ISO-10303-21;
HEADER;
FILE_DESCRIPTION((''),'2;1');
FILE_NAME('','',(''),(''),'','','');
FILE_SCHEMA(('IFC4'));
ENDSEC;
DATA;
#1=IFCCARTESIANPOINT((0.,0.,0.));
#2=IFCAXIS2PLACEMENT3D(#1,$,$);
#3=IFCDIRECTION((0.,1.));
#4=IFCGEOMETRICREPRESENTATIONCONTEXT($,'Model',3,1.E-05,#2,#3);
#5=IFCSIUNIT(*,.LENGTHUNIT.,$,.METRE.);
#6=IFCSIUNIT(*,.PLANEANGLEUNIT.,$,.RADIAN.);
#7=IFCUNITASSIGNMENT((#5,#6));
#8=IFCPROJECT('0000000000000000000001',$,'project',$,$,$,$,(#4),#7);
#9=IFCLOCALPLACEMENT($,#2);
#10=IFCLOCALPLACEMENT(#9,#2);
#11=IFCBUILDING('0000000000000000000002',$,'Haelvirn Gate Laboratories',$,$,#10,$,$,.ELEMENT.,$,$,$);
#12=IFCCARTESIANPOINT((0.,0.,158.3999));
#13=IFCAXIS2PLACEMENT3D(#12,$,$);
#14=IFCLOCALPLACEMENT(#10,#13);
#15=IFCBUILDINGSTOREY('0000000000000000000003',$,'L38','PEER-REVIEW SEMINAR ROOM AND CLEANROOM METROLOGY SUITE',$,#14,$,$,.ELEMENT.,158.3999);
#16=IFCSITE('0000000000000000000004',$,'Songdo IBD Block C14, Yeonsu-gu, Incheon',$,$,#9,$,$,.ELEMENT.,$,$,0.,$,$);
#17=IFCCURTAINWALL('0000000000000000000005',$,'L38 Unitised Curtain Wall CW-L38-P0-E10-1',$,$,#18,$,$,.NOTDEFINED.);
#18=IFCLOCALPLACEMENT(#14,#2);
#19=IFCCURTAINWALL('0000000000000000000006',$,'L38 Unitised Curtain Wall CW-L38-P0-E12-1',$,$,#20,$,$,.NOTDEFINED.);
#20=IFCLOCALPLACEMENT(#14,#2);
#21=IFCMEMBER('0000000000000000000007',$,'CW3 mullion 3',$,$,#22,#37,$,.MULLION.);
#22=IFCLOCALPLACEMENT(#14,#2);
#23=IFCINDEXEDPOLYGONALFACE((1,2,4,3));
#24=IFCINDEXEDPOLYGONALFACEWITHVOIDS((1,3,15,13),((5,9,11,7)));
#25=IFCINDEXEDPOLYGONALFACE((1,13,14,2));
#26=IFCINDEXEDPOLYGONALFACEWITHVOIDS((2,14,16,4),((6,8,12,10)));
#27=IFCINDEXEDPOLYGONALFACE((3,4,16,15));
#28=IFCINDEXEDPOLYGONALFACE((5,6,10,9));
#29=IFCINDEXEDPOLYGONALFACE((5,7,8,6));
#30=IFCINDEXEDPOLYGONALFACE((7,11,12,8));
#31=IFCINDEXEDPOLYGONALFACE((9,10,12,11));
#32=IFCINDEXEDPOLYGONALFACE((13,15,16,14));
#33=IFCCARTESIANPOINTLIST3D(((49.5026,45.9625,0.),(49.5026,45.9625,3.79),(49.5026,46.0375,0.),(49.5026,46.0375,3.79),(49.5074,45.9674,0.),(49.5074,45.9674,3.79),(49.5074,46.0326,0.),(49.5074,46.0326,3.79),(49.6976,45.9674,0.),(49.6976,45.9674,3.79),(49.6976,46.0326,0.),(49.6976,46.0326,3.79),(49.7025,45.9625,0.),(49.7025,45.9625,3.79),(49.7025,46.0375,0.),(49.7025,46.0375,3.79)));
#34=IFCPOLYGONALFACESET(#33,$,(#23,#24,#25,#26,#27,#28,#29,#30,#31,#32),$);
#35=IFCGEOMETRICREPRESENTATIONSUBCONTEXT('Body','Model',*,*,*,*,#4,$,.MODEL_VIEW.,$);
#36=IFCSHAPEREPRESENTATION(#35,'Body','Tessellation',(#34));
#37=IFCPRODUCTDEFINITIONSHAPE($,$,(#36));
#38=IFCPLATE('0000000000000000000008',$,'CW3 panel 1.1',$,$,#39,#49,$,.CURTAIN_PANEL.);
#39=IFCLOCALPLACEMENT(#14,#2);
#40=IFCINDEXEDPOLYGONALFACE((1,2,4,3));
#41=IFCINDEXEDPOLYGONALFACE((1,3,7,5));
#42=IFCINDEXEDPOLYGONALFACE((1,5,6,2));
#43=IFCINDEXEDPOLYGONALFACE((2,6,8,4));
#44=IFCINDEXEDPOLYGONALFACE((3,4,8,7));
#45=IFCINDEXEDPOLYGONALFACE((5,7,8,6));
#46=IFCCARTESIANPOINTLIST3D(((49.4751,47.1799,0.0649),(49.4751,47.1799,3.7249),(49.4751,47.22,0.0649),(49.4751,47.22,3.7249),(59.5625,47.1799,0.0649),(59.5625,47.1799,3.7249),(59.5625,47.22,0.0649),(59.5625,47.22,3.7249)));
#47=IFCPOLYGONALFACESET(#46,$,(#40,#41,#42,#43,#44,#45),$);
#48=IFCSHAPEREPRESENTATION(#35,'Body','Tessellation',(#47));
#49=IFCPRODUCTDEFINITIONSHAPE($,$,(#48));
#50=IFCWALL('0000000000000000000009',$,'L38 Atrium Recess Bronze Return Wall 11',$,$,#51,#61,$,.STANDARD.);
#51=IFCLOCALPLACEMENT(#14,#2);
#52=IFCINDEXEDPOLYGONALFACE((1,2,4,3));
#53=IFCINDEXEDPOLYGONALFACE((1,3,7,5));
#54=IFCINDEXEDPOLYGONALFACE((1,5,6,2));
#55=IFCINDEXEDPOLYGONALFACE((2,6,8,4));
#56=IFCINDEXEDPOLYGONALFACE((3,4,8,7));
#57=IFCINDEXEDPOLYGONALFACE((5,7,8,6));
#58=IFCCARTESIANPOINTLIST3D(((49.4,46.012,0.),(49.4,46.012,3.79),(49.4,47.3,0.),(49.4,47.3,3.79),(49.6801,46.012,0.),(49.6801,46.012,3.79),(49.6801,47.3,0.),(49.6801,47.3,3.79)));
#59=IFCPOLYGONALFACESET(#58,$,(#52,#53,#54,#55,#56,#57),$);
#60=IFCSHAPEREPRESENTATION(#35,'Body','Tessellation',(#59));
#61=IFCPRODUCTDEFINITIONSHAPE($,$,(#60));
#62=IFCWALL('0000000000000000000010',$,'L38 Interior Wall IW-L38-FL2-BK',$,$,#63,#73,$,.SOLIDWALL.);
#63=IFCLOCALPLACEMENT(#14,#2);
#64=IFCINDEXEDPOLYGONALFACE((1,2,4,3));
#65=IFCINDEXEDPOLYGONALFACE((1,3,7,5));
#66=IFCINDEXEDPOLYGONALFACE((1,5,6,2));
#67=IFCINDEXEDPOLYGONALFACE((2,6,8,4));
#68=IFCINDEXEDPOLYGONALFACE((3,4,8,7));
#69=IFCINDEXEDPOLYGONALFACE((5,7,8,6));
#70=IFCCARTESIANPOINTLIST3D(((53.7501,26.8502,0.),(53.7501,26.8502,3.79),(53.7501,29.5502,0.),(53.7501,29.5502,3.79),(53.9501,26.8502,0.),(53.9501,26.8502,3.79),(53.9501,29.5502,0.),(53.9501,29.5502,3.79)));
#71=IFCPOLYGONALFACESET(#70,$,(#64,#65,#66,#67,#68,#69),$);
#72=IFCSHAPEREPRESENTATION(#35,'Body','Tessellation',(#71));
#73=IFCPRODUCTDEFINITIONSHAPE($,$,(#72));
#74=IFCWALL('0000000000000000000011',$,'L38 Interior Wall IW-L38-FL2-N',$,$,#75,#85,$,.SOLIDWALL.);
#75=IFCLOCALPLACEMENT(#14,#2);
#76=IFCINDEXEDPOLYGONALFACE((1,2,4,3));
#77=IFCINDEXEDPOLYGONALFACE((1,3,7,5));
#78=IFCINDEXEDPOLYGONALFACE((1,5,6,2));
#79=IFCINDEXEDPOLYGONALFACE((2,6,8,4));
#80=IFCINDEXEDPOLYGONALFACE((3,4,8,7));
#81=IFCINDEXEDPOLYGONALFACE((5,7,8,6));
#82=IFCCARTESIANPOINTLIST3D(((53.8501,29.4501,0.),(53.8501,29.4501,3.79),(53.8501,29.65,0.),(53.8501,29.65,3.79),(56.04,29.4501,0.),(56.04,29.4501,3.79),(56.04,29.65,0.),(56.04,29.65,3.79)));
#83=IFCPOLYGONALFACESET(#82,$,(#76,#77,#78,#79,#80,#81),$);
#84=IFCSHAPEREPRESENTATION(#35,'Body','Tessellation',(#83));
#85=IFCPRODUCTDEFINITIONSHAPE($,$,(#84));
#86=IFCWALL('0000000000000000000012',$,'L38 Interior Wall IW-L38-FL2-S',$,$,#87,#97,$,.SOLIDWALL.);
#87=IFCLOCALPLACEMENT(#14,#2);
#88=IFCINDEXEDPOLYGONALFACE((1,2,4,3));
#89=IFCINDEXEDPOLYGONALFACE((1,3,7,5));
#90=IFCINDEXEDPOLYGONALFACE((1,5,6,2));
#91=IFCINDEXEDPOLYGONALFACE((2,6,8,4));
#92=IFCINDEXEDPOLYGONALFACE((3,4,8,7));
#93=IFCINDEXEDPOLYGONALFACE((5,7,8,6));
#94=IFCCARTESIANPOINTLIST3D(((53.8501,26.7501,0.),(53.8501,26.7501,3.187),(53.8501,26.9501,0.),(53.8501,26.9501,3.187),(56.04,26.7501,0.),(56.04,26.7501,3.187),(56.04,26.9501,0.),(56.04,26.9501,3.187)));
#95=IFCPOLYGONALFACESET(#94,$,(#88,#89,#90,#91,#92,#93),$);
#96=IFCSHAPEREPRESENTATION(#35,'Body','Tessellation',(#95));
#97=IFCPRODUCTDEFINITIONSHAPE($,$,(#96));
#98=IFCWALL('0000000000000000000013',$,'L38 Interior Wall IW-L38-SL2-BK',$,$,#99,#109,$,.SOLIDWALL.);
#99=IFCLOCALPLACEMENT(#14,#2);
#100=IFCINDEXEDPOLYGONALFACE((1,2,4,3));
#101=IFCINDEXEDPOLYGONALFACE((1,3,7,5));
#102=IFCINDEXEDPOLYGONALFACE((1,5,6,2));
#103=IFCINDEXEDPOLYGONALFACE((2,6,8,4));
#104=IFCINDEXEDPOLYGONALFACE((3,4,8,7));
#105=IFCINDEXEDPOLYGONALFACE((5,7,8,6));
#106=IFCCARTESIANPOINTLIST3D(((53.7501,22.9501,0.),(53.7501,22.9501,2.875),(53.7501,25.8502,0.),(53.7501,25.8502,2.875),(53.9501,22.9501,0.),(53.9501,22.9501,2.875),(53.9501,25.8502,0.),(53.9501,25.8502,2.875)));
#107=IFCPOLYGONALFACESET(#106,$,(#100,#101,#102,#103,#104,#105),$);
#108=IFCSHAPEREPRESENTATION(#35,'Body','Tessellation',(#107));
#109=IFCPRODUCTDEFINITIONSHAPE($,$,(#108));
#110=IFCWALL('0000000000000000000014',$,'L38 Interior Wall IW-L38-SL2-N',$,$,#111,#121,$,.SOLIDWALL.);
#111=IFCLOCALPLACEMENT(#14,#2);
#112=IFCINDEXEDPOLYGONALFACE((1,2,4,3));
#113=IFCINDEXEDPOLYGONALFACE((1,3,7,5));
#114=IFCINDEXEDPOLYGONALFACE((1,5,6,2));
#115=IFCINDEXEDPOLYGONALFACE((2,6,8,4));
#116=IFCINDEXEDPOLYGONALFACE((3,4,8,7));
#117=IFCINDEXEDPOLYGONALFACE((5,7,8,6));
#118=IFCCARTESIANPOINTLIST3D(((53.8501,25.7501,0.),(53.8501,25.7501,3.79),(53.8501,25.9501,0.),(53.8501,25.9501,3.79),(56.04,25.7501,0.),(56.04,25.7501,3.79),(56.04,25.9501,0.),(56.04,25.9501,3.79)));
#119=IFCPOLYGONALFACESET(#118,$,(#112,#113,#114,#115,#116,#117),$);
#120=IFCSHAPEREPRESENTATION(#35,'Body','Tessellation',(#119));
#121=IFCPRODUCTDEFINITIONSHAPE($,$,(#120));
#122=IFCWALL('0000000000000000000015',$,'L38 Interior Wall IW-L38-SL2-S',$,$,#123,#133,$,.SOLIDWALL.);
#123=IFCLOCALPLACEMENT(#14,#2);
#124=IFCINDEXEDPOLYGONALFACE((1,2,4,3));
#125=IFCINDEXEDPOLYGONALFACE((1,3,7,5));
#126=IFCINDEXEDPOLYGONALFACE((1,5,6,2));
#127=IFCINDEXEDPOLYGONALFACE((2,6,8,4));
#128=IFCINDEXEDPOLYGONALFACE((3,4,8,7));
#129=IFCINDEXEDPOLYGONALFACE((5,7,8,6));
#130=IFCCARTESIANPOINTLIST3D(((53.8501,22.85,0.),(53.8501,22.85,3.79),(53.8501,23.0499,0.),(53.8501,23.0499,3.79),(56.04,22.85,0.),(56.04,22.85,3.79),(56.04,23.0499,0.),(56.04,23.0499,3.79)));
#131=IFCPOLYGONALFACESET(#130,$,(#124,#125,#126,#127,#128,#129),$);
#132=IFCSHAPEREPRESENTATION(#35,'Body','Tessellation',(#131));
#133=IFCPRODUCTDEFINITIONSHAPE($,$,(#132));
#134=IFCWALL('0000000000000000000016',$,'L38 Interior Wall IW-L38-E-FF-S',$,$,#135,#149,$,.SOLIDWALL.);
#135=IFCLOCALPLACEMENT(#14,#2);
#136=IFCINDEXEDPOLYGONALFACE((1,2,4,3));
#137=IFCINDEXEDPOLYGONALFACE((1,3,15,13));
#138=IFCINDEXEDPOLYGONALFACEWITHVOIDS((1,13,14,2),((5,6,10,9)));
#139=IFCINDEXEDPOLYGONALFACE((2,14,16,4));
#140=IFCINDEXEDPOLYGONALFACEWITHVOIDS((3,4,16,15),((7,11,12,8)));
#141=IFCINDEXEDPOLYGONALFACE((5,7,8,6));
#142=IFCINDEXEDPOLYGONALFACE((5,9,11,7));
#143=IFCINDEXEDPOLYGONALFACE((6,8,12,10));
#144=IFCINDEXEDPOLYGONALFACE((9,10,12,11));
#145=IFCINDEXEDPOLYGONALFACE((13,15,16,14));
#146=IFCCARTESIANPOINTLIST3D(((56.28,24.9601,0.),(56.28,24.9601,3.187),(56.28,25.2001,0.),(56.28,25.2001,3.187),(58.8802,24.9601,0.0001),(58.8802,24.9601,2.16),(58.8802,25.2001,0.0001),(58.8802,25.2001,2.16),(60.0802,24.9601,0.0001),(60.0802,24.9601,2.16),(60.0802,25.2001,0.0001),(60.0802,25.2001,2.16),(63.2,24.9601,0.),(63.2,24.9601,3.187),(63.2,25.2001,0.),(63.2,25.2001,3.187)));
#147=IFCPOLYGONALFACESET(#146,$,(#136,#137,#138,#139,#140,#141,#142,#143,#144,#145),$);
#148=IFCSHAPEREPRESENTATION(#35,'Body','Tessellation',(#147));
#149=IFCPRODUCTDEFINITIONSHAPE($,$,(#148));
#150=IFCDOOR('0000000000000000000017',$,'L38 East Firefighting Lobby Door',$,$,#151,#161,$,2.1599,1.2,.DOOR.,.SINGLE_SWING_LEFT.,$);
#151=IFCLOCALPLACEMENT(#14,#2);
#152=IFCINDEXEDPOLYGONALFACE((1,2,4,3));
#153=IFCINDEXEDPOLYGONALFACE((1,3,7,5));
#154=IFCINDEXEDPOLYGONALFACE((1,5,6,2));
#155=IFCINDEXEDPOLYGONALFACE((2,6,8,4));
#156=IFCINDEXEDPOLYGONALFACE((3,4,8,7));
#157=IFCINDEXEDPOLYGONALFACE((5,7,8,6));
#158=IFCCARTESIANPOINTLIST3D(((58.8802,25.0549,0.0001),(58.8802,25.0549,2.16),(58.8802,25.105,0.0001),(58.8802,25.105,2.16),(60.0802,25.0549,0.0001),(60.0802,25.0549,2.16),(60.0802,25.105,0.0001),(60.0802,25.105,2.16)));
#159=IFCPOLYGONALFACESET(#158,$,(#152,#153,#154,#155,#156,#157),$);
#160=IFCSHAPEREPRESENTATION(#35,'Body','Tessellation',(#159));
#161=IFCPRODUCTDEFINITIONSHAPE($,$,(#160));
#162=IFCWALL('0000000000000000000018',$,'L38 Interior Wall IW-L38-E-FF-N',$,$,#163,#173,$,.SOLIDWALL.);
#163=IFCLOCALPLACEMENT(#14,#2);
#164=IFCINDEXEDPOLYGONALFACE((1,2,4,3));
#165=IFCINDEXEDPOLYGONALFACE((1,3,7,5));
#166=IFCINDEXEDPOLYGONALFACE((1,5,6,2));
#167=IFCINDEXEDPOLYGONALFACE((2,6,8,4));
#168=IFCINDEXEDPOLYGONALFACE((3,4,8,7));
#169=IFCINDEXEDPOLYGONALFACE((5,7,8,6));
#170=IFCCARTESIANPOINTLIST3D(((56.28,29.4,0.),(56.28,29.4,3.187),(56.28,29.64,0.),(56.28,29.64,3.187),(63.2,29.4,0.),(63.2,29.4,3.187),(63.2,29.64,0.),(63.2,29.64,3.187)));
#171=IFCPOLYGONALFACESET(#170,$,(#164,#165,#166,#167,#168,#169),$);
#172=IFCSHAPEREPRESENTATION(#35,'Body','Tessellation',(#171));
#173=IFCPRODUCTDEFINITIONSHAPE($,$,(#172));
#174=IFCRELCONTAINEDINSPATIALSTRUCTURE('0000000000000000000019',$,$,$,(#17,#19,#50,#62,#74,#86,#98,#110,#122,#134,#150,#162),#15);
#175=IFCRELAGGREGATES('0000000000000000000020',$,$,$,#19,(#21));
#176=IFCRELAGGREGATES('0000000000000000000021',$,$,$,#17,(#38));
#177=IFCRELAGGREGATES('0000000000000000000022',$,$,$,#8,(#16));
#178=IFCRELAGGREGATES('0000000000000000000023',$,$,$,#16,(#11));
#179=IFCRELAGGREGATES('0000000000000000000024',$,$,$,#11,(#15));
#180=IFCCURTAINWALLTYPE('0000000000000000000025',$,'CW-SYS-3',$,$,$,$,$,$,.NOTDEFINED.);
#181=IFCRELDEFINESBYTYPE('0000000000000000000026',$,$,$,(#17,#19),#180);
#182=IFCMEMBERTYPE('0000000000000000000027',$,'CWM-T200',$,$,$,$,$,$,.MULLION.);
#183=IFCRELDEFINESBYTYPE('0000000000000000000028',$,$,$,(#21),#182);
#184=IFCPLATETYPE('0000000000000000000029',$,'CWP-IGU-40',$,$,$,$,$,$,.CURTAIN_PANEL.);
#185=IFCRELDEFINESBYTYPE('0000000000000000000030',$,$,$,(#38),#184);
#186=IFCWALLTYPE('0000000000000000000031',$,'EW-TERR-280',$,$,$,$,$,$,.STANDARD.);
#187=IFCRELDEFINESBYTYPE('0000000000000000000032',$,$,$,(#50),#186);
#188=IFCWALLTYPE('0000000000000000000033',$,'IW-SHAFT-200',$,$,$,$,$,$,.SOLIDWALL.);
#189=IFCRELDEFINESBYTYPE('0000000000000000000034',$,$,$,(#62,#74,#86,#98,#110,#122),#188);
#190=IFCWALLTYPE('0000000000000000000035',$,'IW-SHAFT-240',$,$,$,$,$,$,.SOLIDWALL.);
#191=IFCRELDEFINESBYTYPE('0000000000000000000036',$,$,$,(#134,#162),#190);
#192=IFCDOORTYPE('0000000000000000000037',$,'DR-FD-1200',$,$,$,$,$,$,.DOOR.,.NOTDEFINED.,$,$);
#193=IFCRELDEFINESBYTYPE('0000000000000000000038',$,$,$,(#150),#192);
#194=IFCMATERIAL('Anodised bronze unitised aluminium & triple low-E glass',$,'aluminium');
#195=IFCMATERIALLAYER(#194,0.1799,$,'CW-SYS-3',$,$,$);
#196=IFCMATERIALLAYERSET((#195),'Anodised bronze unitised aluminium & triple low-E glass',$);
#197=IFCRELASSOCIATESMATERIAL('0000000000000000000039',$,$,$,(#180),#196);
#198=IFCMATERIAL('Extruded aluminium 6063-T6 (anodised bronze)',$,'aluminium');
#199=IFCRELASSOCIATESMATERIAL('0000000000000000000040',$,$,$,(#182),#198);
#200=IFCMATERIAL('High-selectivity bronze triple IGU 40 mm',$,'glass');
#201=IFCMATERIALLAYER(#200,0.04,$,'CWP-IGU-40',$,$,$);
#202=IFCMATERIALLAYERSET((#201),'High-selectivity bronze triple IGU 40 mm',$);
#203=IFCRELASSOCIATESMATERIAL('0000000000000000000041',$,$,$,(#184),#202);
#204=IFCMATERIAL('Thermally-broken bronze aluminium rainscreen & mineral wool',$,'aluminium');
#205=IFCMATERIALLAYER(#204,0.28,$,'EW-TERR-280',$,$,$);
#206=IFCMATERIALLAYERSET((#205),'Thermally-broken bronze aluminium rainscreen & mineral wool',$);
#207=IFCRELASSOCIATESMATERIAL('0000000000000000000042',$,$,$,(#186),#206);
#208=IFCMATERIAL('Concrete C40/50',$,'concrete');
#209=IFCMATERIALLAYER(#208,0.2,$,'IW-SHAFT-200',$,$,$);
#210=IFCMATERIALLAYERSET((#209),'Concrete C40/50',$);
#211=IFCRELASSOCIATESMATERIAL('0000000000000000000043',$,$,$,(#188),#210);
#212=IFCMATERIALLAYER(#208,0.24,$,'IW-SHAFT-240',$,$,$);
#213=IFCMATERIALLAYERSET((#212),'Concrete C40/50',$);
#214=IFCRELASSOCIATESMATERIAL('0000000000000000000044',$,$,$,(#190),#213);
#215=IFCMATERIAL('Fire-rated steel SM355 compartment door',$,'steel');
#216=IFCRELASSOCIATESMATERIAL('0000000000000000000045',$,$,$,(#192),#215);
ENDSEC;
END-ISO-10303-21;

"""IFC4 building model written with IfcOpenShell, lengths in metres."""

from ifc_helpers import new_model, si_unit, direction, frame, frame_2d, origin, origin_2d, place, context, subcontext, project, spatial, rectangle, hollow_rectangle, extrude, source, transform, mapped, material, layer, layer_set, material_profile, profile_set, type_object, type_shapes, element, fill, aggregate, save


model = new_model("IFC4")

# Units and contexts
model_context = context("Model", 3, precision=1e-05, world=origin(), true_north=direction((0.0, 1.0)))
body_context = subcontext(model_context, "Body", "Model", "MODEL_VIEW")
ifc_project = project(units=[si_unit("LENGTHUNIT", "METRE"), si_unit("PLANEANGLEUNIT", "RADIAN")], contexts=[model_context])

# Site, building, storey
site_placement = place(None, origin())
site = spatial("IfcSite", under=ifc_project, at=site_placement, Name="Songdo IBD Block C14, Yeonsu-gu, Incheon", CompositionType="ELEMENT", RefElevation=0.0)
building_placement = place(site_placement, origin())
building = spatial("IfcBuilding", under=site, at=building_placement, Name="Haelvirn Gate Laboratories", CompositionType="ELEMENT")
storey_placement = place(building_placement, frame((0.0, 0.0, 158.3999)))
storey = spatial("IfcBuildingStorey", under=building, at=storey_placement, Name="L38", Description="PEER-REVIEW SEMINAR ROOM AND CLEANROOM METROLOGY SUITE", CompositionType="ELEMENT", Elevation=158.3999)

# Curtain walls, member
ifc_material_1 = material(Name="Anodised bronze unitised aluminium & triple low-E glass", Category="aluminium")
ifc_layer_1 = layer(ifc_material_1, 0.1799, Name="CW-SYS-3")
ifc_layer_set_1 = layer_set([ifc_layer_1], Name="Anodised bronze unitised aluminium & triple low-E glass")
curtain_wall_type = type_object("IfcCurtainWallType", Name="CW-SYS-3", PredefinedType="NOTDEFINED", material=ifc_layer_set_1)
curtain_wall_1_placement = place(storey_placement, origin())
curtain_wall_1 = element("IfcCurtainWall", 1, at=curtain_wall_1_placement, inside=storey, type_object=curtain_wall_type, Name="L38 Unitised Curtain Wall CW-L38-P0-E10-1", PredefinedType="NOTDEFINED")
ifc_material_2 = material(Name="Extruded aluminium 6063-T6 (anodised bronze)", Category="aluminium")
curtain_wall_2_placement = place(storey_placement, origin())
curtain_wall_2 = element("IfcCurtainWall", 2, at=curtain_wall_2_placement, inside=storey, type_object=curtain_wall_type, Name="L38 Unitised Curtain Wall CW-L38-P0-E12-1", PredefinedType="NOTDEFINED")
ifc_material_profile_1 = material_profile(ifc_material_2, hollow_rectangle(XDim=0.075, YDim=0.2, WallThickness=0.0049, at=origin_2d()), Name="CWM-200x75x5")
ifc_profile_set_1 = profile_set([ifc_material_profile_1], Name="Extruded aluminium 6063-T6 (anodised bronze)")
member_type_1 = type_object("IfcMemberType", Name="CWM-T200", PredefinedType="MULLION", material=ifc_profile_set_1)
shared_shape_1 = source(origin(), body_context, "Body", "SweptSolid", [
    extrude(hollow_rectangle(XDim=0.075, YDim=0.2, WallThickness=0.0049, at=origin_2d()), origin(), (0.0, 0.0, 1.0), 3.79),
])
type_shapes(member_type_1, [shared_shape_1])
member_1_placement = place(storey_placement, frame((49.6025, 46.0, 0.0), z_axis=(0.0, 0.0, 1.0), x_axis=(0.0, 1.0, 0.0)))
member_1 = element("IfcMember", 3, at=member_1_placement, type_object=member_type_1, Name="CW3 mullion 3", PredefinedType="MULLION", context=body_context, shape_type="MappedRepresentation", body=[
    mapped(shared_shape_1, transform((0.0, 0.0, 0.0), scale=1.0)),
])
aggregate(curtain_wall_2, [member_1])

# Plate
ifc_material_3 = material(Name="High-selectivity bronze triple IGU 40 mm", Category="glass")
ifc_layer_2 = layer(ifc_material_3, 0.04, Name="CWP-IGU-40")
ifc_layer_set_2 = layer_set([ifc_layer_2], Name="High-selectivity bronze triple IGU 40 mm")
plate_type = type_object("IfcPlateType", Name="CWP-IGU-40", PredefinedType="CURTAIN_PANEL", material=ifc_layer_set_2)
shared_shape_2 = source(origin(), body_context, "Body", "SweptSolid", [
    extrude(rectangle(XDim=10.0874, YDim=0.04, at=origin_2d()), origin(), (0.0, 0.0, 1.0), 3.6599),
])
type_shapes(plate_type, [shared_shape_2])
plate_placement = place(storey_placement, frame((54.5188, 47.2, 0.0649), z_axis=(0.0, 0.0, 1.0), x_axis=(1.0, 0.0, 0.0)))
plate = element("IfcPlate", 4, at=plate_placement, type_object=plate_type, Name="CW3 panel 1.1", PredefinedType="CURTAIN_PANEL", context=body_context, shape_type="MappedRepresentation", body=[
    mapped(shared_shape_2, transform((0.0, 0.0, 0.0), scale=1.0)),
])
aggregate(curtain_wall_1, [plate])

# Walls
ifc_material_4 = material(Name="Thermally-broken bronze aluminium rainscreen & mineral wool", Category="aluminium")
ifc_layer_3 = layer(ifc_material_4, 0.28, Name="EW-TERR-280")
ifc_layer_set_3 = layer_set([ifc_layer_3], Name="Thermally-broken bronze aluminium rainscreen & mineral wool")
wall_type_1 = type_object("IfcWallType", Name="EW-TERR-280", PredefinedType="STANDARD", material=ifc_layer_set_3)
wall_1_placement = place(storey_placement, frame((49.54, 47.3, 0.0), z_axis=(0.0, 0.0, 1.0), x_axis=(0.0, -1.0, 0.0)))
element("IfcWall", 5, at=wall_1_placement, inside=storey, type_object=wall_type_1, Name="L38 Atrium Recess Bronze Return Wall 11", PredefinedType="STANDARD", context=body_context, shape_type="SweptSolid", body=[
    extrude(rectangle(XDim=1.2881, YDim=0.28, at=frame_2d((0.644, 0.0))), origin(), (0.0, 0.0, 1.0), 3.79),
])
ifc_material_5 = material(Name="Concrete C40/50", Category="concrete")
ifc_layer_4 = layer(ifc_material_5, 0.2, Name="IW-SHAFT-200")
ifc_layer_set_4 = layer_set([ifc_layer_4], Name="Concrete C40/50")
wall_type_2 = type_object("IfcWallType", Name="IW-SHAFT-200", PredefinedType="SOLIDWALL", material=ifc_layer_set_4)
wall_2_placement = place(storey_placement, frame((53.8501, 26.8501, 0.0), z_axis=(0.0, 0.0, 1.0), x_axis=(0.0, 1.0, 0.0)))
element("IfcWall", 6, at=wall_2_placement, inside=storey, type_object=wall_type_2, Name="L38 Interior Wall IW-L38-FL2-BK", PredefinedType="SOLIDWALL", context=body_context, shape_type="SweptSolid", body=[
    extrude(rectangle(XDim=2.7, YDim=0.2, at=frame_2d((1.3501, 0.0))), origin(), (0.0, 0.0, 1.0), 3.79),
])
wall_3_placement = place(storey_placement, frame((53.8501, 29.55, 0.0), z_axis=(0.0, 0.0, 1.0), x_axis=(1.0, 0.0, 0.0)))
element("IfcWall", 7, at=wall_3_placement, inside=storey, type_object=wall_type_2, Name="L38 Interior Wall IW-L38-FL2-N", PredefinedType="SOLIDWALL", context=body_context, shape_type="SweptSolid", body=[
    extrude(rectangle(XDim=2.1899, YDim=0.2, at=frame_2d((1.095, 0.0))), origin(), (0.0, 0.0, 1.0), 3.79),
])
wall_4_placement = place(storey_placement, frame((53.8501, 26.8501, 0.0), z_axis=(0.0, 0.0, 1.0), x_axis=(1.0, 0.0, 0.0)))
element("IfcWall", 8, at=wall_4_placement, inside=storey, type_object=wall_type_2, Name="L38 Interior Wall IW-L38-FL2-S", PredefinedType="SOLIDWALL", context=body_context, shape_type="SweptSolid", body=[
    extrude(rectangle(XDim=2.1899, YDim=0.2, at=frame_2d((1.095, 0.0))), origin(), (0.0, 0.0, 1.0), 3.187),
])
wall_5_placement = place(storey_placement, frame((53.8501, 22.95, 0.0), z_axis=(0.0, 0.0, 1.0), x_axis=(0.0, 1.0, 0.0)))
element("IfcWall", 9, at=wall_5_placement, inside=storey, type_object=wall_type_2, Name="L38 Interior Wall IW-L38-SL2-BK", PredefinedType="SOLIDWALL", context=body_context, shape_type="SweptSolid", body=[
    extrude(rectangle(XDim=2.9001, YDim=0.2, at=frame_2d((1.4502, 0.0))), origin(), (0.0, 0.0, 1.0), 2.875),
])
for number, where, z_axis, x_axis, name in (
    (10, (53.8501, 25.8501, 0.0), (0.0, 0.0, 1.0), (1.0, 0.0, 0.0), "L38 Interior Wall IW-L38-SL2-N"),
    (11, (53.8501, 22.95, 0.0), (0.0, 0.0, 1.0), (1.0, 0.0, 0.0), "L38 Interior Wall IW-L38-SL2-S"),
):
    element("IfcWall", number, at=place(storey_placement, frame(where, z_axis=z_axis, x_axis=x_axis)), inside=storey, type_object=wall_type_2, Name=name, PredefinedType="SOLIDWALL", context=body_context, shape_type="SweptSolid", body=[
        extrude(rectangle(XDim=2.1899, YDim=0.2, at=frame_2d((1.095, 0.0))), origin(), (0.0, 0.0, 1.0), 3.79),
    ])

# Wall, opening, door
ifc_layer_5 = layer(ifc_material_5, 0.24, Name="IW-SHAFT-240")
ifc_layer_set_5 = layer_set([ifc_layer_5], Name="Concrete C40/50")
wall_type_3 = type_object("IfcWallType", Name="IW-SHAFT-240", PredefinedType="SOLIDWALL", material=ifc_layer_set_5)
wall_6_placement = place(storey_placement, frame((56.28, 25.0801, 0.0), z_axis=(0.0, 0.0, 1.0), x_axis=(1.0, 0.0, 0.0)))
wall_6 = element("IfcWall", 12, at=wall_6_placement, inside=storey, type_object=wall_type_3, Name="L38 Interior Wall IW-L38-E-FF-S", PredefinedType="SOLIDWALL", context=body_context, shape_type="SweptSolid", body=[
    extrude(rectangle(XDim=6.9199, YDim=0.24, at=frame_2d((3.46, 0.0))), origin(), (0.0, 0.0, 1.0), 3.187),
])
opening_1_placement = place(wall_6_placement, frame((2.6001, 0.0, 0.0)))
opening_1 = element("IfcOpeningElement", 13, at=opening_1_placement, cuts=wall_6, PredefinedType="OPENING", context=body_context, shape_type="SweptSolid", body=[
    extrude(rectangle(XDim=1.2, YDim=2.1599, at=frame_2d((0.6001, 1.0801))), frame((0.0, 0.1299, 0.0), z_axis=(0.0, -1.0, 0.0), x_axis=(1.0, 0.0, 0.0)), (0.0, 0.0, 1.0), 0.26),
])
ifc_material_6 = material(Name="Fire-rated steel SM355 compartment door", Category="steel")
door_type_1 = type_object("IfcDoorType", Name="DR-FD-1200", OperationType="NOTDEFINED", PredefinedType="DOOR", material=ifc_material_6)
shared_shape_3 = source(origin(), body_context, "Body", "SweptSolid", [
    extrude(rectangle(XDim=1.2, YDim=2.1599, at=frame_2d((0.6001, 1.0801))), frame((0.0, 0.0249, 0.0), z_axis=(0.0, -1.0, 0.0), x_axis=(1.0, 0.0, 0.0)), (0.0, 0.0, 1.0), 0.05),
])
type_shapes(door_type_1, [shared_shape_3])
door_1_placement = place(opening_1_placement, origin())
door_1 = element("IfcDoor", 14, at=door_1_placement, inside=storey, type_object=door_type_1, Name="L38 East Firefighting Lobby Door", OperationType="SINGLE_SWING_LEFT", OverallHeight=2.1599, OverallWidth=1.2, PredefinedType="DOOR", context=body_context, shape_type="MappedRepresentation", body=[
    mapped(shared_shape_3, transform((0.0, 0.0, 0.0), scale=1.0)),
])
fill(opening_1, door_1)

# Wall
wall_7_placement = place(storey_placement, frame((56.28, 29.52, 0.0), z_axis=(0.0, 0.0, 1.0), x_axis=(1.0, 0.0, 0.0)))
element("IfcWall", 15, at=wall_7_placement, inside=storey, type_object=wall_type_3, Name="L38 Interior Wall IW-L38-E-FF-N", PredefinedType="SOLIDWALL", context=body_context, shape_type="SweptSolid", body=[
    extrude(rectangle(XDim=6.9199, YDim=0.24, at=frame_2d((3.46, 0.0))), origin(), (0.0, 0.0, 1.0), 3.187),
])

save(model, "model.ifc")
